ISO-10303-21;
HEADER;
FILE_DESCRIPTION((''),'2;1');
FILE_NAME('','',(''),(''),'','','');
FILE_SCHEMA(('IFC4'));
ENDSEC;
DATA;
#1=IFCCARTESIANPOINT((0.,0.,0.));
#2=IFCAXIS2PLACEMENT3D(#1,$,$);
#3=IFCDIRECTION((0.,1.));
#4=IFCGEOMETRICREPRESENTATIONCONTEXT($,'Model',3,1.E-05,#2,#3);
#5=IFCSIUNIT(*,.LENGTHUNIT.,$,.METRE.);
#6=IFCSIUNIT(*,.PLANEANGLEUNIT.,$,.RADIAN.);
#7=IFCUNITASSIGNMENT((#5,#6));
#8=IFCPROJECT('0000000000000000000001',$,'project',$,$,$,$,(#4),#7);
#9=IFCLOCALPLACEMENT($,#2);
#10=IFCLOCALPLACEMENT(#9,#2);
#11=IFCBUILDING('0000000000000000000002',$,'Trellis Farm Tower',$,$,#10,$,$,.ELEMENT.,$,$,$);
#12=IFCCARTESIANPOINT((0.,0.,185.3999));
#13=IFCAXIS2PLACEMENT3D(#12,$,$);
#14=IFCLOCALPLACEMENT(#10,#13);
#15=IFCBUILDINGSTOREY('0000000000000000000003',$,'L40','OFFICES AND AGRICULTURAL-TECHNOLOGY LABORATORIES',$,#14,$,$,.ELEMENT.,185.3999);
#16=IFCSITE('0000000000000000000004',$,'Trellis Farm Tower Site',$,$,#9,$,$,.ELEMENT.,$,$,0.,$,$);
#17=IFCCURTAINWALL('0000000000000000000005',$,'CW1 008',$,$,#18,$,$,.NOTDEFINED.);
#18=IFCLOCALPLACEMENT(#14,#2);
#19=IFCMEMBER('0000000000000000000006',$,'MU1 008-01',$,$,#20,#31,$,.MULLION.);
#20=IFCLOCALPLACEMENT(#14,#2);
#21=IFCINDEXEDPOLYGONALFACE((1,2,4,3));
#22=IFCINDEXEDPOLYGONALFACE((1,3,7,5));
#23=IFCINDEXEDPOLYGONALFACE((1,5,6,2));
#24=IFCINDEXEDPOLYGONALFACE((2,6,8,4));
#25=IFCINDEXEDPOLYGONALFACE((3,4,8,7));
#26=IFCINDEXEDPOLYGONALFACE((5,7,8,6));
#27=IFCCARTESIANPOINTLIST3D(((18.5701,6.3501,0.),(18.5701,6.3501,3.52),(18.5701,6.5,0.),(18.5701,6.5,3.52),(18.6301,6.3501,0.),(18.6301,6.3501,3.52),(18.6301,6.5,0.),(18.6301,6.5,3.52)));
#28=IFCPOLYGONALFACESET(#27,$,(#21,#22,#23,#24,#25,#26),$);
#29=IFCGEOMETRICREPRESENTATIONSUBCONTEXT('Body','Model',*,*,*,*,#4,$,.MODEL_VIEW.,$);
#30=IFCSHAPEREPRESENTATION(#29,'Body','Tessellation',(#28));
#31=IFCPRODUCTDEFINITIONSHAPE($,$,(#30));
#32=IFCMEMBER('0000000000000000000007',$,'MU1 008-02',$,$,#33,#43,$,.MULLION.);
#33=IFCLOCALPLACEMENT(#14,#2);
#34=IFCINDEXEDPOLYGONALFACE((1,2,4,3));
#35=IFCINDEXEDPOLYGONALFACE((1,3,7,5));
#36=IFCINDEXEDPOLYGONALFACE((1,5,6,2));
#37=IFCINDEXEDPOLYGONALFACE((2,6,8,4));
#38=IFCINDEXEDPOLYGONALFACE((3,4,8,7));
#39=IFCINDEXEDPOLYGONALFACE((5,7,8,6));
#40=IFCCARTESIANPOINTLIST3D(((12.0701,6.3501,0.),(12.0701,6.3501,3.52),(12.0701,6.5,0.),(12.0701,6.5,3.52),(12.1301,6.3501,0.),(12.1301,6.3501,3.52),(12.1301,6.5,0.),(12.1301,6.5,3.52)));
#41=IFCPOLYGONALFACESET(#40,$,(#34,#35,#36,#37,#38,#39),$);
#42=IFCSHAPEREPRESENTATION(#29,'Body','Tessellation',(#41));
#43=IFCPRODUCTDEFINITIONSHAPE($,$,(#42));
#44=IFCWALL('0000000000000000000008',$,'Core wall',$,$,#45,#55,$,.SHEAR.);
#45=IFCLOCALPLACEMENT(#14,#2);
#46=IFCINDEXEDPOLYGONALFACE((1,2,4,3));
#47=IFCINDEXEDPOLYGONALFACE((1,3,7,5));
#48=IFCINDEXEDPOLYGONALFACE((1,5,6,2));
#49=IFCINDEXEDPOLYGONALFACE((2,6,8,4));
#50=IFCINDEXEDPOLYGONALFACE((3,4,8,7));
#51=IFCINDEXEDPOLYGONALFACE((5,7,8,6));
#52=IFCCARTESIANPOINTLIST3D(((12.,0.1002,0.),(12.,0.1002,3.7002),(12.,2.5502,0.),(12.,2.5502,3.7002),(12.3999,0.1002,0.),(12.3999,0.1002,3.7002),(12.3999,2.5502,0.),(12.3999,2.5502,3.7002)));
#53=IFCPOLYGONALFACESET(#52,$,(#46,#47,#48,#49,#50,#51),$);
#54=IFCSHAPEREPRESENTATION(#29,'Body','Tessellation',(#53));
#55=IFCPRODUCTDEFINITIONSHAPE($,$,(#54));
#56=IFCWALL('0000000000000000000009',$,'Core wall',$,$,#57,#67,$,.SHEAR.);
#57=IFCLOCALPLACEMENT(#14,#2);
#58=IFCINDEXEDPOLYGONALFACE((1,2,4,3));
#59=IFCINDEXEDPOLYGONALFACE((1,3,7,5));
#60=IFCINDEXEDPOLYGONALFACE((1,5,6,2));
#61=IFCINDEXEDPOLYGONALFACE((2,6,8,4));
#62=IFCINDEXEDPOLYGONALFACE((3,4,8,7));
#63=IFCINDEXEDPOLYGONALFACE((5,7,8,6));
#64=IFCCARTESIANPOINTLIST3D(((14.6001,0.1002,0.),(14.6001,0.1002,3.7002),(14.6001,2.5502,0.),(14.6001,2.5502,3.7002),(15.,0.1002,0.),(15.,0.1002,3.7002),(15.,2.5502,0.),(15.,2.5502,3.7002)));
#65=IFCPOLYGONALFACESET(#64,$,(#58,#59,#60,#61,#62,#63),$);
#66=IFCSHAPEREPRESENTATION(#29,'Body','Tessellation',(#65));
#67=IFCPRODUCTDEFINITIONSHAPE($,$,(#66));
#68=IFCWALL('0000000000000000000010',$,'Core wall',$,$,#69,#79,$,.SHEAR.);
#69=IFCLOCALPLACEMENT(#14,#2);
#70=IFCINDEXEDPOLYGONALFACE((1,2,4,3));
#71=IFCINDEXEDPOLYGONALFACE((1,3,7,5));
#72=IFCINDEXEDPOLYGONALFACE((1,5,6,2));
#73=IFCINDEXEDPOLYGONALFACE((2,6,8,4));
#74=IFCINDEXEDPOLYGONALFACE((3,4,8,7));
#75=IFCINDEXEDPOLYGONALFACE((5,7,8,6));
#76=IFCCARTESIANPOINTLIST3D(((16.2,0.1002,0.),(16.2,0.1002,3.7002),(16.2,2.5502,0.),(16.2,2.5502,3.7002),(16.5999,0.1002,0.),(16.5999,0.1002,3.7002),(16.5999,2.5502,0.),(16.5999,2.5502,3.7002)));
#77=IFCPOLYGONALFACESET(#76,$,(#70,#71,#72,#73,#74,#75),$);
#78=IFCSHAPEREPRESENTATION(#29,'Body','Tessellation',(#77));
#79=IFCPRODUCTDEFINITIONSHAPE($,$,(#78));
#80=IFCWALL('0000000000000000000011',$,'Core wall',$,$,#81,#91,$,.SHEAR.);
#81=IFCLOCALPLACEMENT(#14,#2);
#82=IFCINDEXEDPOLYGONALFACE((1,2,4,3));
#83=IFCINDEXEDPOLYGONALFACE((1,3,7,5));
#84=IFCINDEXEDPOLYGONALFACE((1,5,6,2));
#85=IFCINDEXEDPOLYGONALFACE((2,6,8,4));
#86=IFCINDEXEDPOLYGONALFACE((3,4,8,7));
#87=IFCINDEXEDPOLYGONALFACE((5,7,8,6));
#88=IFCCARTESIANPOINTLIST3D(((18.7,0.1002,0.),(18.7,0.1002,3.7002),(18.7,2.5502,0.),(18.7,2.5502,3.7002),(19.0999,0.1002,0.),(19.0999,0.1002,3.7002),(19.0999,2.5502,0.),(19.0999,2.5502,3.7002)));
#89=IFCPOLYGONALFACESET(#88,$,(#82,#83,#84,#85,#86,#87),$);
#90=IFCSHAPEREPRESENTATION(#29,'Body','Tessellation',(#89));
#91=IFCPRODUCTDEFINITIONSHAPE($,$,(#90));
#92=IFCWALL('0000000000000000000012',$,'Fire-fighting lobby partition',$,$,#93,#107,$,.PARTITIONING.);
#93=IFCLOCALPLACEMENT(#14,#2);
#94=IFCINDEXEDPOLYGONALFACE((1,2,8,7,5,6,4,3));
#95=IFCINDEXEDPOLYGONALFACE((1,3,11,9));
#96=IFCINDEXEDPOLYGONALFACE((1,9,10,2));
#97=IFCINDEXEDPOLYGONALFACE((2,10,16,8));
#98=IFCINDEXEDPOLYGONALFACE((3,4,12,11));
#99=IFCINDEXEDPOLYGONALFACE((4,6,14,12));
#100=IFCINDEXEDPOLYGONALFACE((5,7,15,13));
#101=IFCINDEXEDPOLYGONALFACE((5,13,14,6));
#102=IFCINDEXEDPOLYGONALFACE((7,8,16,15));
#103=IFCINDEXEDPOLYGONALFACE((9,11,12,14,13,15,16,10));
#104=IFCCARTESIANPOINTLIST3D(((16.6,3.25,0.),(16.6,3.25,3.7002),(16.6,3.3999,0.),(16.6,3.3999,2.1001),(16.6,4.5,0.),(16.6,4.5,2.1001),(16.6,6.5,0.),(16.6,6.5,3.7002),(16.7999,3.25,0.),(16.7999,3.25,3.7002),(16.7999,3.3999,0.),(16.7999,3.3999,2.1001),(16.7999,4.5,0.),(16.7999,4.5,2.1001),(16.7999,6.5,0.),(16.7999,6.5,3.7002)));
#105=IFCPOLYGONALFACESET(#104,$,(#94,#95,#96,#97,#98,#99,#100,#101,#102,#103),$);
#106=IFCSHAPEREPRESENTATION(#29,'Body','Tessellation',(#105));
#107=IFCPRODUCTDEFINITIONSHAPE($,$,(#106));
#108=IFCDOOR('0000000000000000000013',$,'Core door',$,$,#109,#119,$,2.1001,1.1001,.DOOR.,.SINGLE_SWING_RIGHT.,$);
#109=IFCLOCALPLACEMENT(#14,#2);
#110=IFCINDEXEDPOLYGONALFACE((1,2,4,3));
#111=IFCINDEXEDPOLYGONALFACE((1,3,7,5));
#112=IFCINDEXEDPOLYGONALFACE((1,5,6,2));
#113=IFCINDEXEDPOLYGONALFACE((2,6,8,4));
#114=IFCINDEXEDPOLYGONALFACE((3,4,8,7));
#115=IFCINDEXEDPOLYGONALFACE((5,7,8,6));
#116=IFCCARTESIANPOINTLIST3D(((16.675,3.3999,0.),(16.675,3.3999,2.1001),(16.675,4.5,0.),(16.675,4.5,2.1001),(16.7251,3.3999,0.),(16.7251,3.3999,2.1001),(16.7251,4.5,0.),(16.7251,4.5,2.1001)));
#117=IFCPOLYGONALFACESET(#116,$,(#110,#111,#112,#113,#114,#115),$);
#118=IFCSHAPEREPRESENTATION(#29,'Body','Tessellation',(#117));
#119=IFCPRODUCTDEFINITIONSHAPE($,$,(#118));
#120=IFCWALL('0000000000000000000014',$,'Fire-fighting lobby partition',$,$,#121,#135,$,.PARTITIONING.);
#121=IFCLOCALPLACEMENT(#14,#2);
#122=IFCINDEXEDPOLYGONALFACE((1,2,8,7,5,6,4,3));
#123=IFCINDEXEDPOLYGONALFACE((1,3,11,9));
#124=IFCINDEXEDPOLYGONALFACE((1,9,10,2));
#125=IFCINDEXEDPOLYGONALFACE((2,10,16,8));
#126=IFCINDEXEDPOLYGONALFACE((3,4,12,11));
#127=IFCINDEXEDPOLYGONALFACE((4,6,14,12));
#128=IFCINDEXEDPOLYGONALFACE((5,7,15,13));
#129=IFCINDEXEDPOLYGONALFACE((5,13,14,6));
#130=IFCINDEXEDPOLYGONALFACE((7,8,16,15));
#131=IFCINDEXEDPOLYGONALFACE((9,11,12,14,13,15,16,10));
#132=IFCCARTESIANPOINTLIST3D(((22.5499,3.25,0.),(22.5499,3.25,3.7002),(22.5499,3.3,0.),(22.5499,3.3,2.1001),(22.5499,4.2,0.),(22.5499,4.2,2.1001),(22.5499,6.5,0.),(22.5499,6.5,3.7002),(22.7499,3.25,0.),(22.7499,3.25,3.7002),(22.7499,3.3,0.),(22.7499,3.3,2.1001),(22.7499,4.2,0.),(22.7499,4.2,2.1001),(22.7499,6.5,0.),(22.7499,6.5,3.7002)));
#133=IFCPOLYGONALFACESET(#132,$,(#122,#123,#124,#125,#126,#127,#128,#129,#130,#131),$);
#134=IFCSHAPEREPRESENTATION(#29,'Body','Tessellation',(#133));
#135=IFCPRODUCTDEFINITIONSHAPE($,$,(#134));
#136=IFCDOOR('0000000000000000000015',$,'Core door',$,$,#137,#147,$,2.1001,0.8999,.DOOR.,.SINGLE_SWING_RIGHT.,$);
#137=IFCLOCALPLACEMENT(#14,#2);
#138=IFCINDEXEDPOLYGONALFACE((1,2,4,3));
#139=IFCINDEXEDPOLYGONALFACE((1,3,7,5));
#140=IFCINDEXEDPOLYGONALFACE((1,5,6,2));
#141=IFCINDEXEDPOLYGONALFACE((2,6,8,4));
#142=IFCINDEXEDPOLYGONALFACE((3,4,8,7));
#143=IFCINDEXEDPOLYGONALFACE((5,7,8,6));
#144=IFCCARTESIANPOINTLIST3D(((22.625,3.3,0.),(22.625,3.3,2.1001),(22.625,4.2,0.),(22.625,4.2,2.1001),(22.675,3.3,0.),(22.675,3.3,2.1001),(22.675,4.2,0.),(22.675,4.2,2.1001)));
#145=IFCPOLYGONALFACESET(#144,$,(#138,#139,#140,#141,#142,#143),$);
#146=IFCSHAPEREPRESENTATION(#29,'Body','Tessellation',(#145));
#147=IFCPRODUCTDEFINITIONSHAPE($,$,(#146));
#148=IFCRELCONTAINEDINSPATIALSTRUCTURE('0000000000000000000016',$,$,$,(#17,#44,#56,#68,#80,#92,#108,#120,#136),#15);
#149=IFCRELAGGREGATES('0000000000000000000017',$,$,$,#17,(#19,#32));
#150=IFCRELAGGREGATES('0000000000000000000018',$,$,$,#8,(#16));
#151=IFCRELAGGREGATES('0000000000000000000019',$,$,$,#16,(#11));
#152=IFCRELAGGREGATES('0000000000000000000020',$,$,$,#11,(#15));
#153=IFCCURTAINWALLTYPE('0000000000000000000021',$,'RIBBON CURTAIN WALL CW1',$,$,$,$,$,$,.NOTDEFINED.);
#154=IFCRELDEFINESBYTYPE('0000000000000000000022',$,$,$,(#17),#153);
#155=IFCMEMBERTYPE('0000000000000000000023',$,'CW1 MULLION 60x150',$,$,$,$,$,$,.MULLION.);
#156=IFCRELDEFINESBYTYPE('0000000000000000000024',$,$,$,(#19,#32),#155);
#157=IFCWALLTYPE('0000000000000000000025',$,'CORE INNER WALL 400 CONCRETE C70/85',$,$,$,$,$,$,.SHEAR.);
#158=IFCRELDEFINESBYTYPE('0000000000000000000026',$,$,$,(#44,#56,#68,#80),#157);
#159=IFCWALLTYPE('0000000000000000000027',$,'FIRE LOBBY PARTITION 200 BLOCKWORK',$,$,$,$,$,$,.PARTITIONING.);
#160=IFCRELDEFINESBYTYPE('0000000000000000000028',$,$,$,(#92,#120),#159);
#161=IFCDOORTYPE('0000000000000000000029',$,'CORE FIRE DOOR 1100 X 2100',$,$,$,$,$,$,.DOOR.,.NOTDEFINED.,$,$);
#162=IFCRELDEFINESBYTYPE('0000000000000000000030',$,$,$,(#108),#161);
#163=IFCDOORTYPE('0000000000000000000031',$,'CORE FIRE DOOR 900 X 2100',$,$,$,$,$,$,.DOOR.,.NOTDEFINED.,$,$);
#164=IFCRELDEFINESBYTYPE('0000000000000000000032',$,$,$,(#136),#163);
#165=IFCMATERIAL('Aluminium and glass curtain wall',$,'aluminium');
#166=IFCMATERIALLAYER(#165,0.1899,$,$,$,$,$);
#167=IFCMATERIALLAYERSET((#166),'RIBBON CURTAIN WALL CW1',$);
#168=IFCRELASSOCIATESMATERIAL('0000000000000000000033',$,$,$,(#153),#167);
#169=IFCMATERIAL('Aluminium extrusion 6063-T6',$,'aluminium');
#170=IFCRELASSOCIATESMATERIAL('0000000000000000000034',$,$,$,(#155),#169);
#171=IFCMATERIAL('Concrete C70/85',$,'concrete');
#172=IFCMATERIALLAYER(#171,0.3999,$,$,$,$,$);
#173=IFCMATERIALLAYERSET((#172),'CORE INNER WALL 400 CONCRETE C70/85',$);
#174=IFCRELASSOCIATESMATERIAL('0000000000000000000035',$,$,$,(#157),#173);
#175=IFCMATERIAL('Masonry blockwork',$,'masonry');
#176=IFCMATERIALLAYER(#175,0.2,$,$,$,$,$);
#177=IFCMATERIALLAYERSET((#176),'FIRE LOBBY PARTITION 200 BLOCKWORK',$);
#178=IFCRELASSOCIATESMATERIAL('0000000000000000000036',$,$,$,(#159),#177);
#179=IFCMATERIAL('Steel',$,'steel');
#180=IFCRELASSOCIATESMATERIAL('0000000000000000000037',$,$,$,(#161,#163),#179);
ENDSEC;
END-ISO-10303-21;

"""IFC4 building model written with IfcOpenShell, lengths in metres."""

from ifc_helpers import new_model, si_unit, direction, frame, frame_2d, origin, origin_2d, place, context, subcontext, project, spatial, rectangle, extrude, source, transform, mapped, material, layer, layer_set, material_profile, profile_set, type_object, element, fill, aggregate, save


model = new_model("IFC4")

# Units and contexts
model_context = context("Model", 3, precision=1e-05, world=origin(), true_north=direction((0.0, 1.0)))
body_context = subcontext(model_context, "Body", "Model", "MODEL_VIEW")
ifc_project = project(units=[si_unit("LENGTHUNIT", "METRE"), si_unit("PLANEANGLEUNIT", "RADIAN")], contexts=[model_context])

# Site, building, storey
site_placement = place(None, origin())
site = spatial("IfcSite", under=ifc_project, at=site_placement, Name="Trellis Farm Tower Site", CompositionType="ELEMENT", RefElevation=0.0)
building_placement = place(site_placement, origin())
building = spatial("IfcBuilding", under=site, at=building_placement, Name="Trellis Farm Tower", CompositionType="ELEMENT")
storey_placement = place(building_placement, frame((0.0, 0.0, 185.3999)))
storey = spatial("IfcBuildingStorey", under=building, at=storey_placement, Name="L40", Description="OFFICES AND AGRICULTURAL-TECHNOLOGY LABORATORIES", CompositionType="ELEMENT", Elevation=185.3999)

# Shared definitions
ifc_material_1 = material(Name="Concrete C70/85", Category="concrete")

# Curtain wall, members
ifc_material_2 = material(Name="Aluminium and glass curtain wall", Category="aluminium")
ifc_layer_1 = layer(ifc_material_2, 0.1899)
ifc_layer_set_1 = layer_set([ifc_layer_1], Name="RIBBON CURTAIN WALL CW1")
curtain_wall_type = type_object("IfcCurtainWallType", Name="RIBBON CURTAIN WALL CW1", PredefinedType="NOTDEFINED", material=ifc_layer_set_1)
placement = place(storey_placement, origin())
ifc_material_3 = material(Name="Aluminium extrusion 6063-T6", Category="aluminium")
ifc_material_profile_1 = material_profile(ifc_material_3, rectangle(XDim=0.0601, YDim=0.1499, at=origin_2d()), Name="MULLION 60x150")
ifc_profile_set_1 = profile_set([ifc_material_profile_1], Name="Aluminium extrusion 6063-T6")
member_type = type_object("IfcMemberType", Name="CW1 MULLION 60x150", PredefinedType="MULLION", material=ifc_profile_set_1)
shared_shape_1 = source(origin(), body_context, "Body", "SweptSolid", [
    extrude(rectangle(XDim=0.0601, YDim=0.1499, at=origin_2d()), origin(), (0.0, 0.0, 1.0), 3.52),
])
curtain_wall_1 = element("IfcCurtainWall", 1, at=placement, inside=storey, type_object=curtain_wall_type, Name="CW1 008", PredefinedType="NOTDEFINED")
member_1_placement = place(storey_placement, frame((18.6001, 6.425, 0.0), z_axis=(0.0, 0.0, 1.0), x_axis=(-1.0, 0.0, 0.0)))
member_1 = element("IfcMember", 2, at=member_1_placement, type_object=member_type, Name="MU1 008-01", PredefinedType="MULLION", context=body_context, shape_type="MappedRepresentation", body=[
    mapped(shared_shape_1, transform((0.0, 0.0, 0.0))),
])
member_2_placement = place(storey_placement, frame((12.1001, 6.425, 0.0), z_axis=(0.0, 0.0, 1.0), x_axis=(-1.0, 0.0, 0.0)))
member_2 = element("IfcMember", 3, at=member_2_placement, type_object=member_type, Name="MU1 008-02", PredefinedType="MULLION", context=body_context, shape_type="MappedRepresentation", body=[
    mapped(shared_shape_1, transform((0.0, 0.0, 0.0))),
])
aggregate(curtain_wall_1, [member_1, member_2])

# Walls
ifc_layer_2 = layer(ifc_material_1, 0.3999)
ifc_layer_set_2 = layer_set([ifc_layer_2], Name="CORE INNER WALL 400 CONCRETE C70/85")
wall_type_1 = type_object("IfcWallType", Name="CORE INNER WALL 400 CONCRETE C70/85", PredefinedType="SHEAR", material=ifc_layer_set_2)
shared_shape_2 = source(origin(), body_context, "Body", "SweptSolid", [
    extrude(rectangle(XDim=2.45, YDim=0.3999, at=frame_2d((1.2251, 0.0))), origin(), (0.0, 0.0, 1.0), 3.7002),
])
for number, where, z_axis, x_axis, name in (
    (4, (12.2, 0.1001, 0.0), (0.0, 0.0, 1.0), (0.0, 1.0, 0.0), "Core wall"),
    (5, (14.8, 0.1001, 0.0), (0.0, 0.0, 1.0), (0.0, 1.0, 0.0), "Core wall"),
    (6, (16.3999, 0.1001, 0.0), (0.0, 0.0, 1.0), (0.0, 1.0, 0.0), "Core wall"),
    (7, (18.8999, 0.1001, 0.0), (0.0, 0.0, 1.0), (0.0, 1.0, 0.0), "Core wall"),
):
    element("IfcWall", number, at=place(storey_placement, frame(where, z_axis=z_axis, x_axis=x_axis)), inside=storey, type_object=wall_type_1, Name=name, PredefinedType="SHEAR", context=body_context, shape_type="MappedRepresentation", body=[
        mapped(shared_shape_2, transform((0.0, 0.0, 0.0))),
    ])

# Walls, openings, doors
ifc_material_4 = material(Name="Masonry blockwork", Category="masonry")
ifc_layer_3 = layer(ifc_material_4, 0.2)
ifc_layer_set_3 = layer_set([ifc_layer_3], Name="FIRE LOBBY PARTITION 200 BLOCKWORK")
wall_type_2 = type_object("IfcWallType", Name="FIRE LOBBY PARTITION 200 BLOCKWORK", PredefinedType="PARTITIONING", material=ifc_layer_set_3)
shared_shape_3 = source(origin(), body_context, "Body", "SweptSolid", [
    extrude(rectangle(XDim=3.25, YDim=0.2, at=frame_2d((1.625, 0.0))), origin(), (0.0, 0.0, 1.0), 3.7002),
])
wall_1_placement = place(storey_placement, frame((16.7, 3.25, 0.0), z_axis=(0.0, 0.0, 1.0), x_axis=(0.0, 1.0, 0.0)))
wall_1 = element("IfcWall", 8, at=wall_1_placement, inside=storey, type_object=wall_type_2, Name="Fire-fighting lobby partition", PredefinedType="PARTITIONING", context=body_context, shape_type="MappedRepresentation", body=[
    mapped(shared_shape_3, transform((0.0, 0.0, 0.0))),
])
shared_shape_4 = source(origin(), body_context, "Body", "SweptSolid", [
    extrude(rectangle(XDim=1.1001, YDim=2.1001, at=frame_2d((0.55, 1.05))), frame((0.0, 0.1101, 0.0), z_axis=(0.0, -1.0, 0.0), x_axis=(1.0, 0.0, 0.0)), (0.0, 0.0, 1.0), 0.2202),
])
opening_1_placement = place(wall_1_placement, frame((0.1499, 0.0, 0.0)))
opening_1 = element("IfcOpeningElement", 9, at=opening_1_placement, cuts=wall_1, PredefinedType="OPENING", context=body_context, shape_type="MappedRepresentation", body=[
    mapped(shared_shape_4, transform((0.0, 0.0, 0.0))),
])
ifc_material_5 = material(Name="Steel", Category="steel")
door_type_1 = type_object("IfcDoorType", Name="CORE FIRE DOOR 1100 X 2100", OperationType="NOTDEFINED", PredefinedType="DOOR", material=ifc_material_5)
shared_shape_5 = source(origin(), body_context, "Body", "SweptSolid", [
    extrude(rectangle(XDim=1.1001, YDim=2.1001, at=frame_2d((0.55, 1.05))), frame((0.0, 0.0249, 0.0), z_axis=(0.0, -1.0, 0.0), x_axis=(1.0, 0.0, 0.0)), (0.0, 0.0, 1.0), 0.05),
])
door_1_placement = place(opening_1_placement, origin())
door_1 = element("IfcDoor", 10, at=door_1_placement, inside=storey, type_object=door_type_1, Name="Core door", OperationType="SINGLE_SWING_RIGHT", OverallHeight=2.1001, OverallWidth=1.1001, PredefinedType="DOOR", context=body_context, shape_type="MappedRepresentation", body=[
    mapped(shared_shape_5, transform((0.0, 0.0, 0.0))),
])
fill(opening_1, door_1)
wall_2_placement = place(storey_placement, frame((22.6499, 3.25, 0.0), z_axis=(0.0, 0.0, 1.0), x_axis=(0.0, 1.0, 0.0)))
wall_2 = element("IfcWall", 11, at=wall_2_placement, inside=storey, type_object=wall_type_2, Name="Fire-fighting lobby partition", PredefinedType="PARTITIONING", context=body_context, shape_type="MappedRepresentation", body=[
    mapped(shared_shape_3, transform((0.0, 0.0, 0.0))),
])
shared_shape_6 = source(origin(), body_context, "Body", "SweptSolid", [
    extrude(rectangle(XDim=0.8999, YDim=2.1001, at=frame_2d((0.45, 1.05))), frame((0.0, 0.1101, 0.0), z_axis=(0.0, -1.0, 0.0), x_axis=(1.0, 0.0, 0.0)), (0.0, 0.0, 1.0), 0.2202),
])
opening_2_placement = place(wall_2_placement, frame((0.05, 0.0, 0.0)))
opening_2 = element("IfcOpeningElement", 12, at=opening_2_placement, cuts=wall_2, PredefinedType="OPENING", context=body_context, shape_type="MappedRepresentation", body=[
    mapped(shared_shape_6, transform((0.0, 0.0, 0.0))),
])
door_type_2 = type_object("IfcDoorType", Name="CORE FIRE DOOR 900 X 2100", OperationType="NOTDEFINED", PredefinedType="DOOR", material=ifc_material_5)
shared_shape_7 = source(origin(), body_context, "Body", "SweptSolid", [
    extrude(rectangle(XDim=0.8999, YDim=2.1001, at=frame_2d((0.45, 1.05))), frame((0.0, 0.0249, 0.0), z_axis=(0.0, -1.0, 0.0), x_axis=(1.0, 0.0, 0.0)), (0.0, 0.0, 1.0), 0.05),
])
door_2_placement = place(opening_2_placement, origin())
door_2 = element("IfcDoor", 13, at=door_2_placement, inside=storey, type_object=door_type_2, Name="Core door", OperationType="SINGLE_SWING_RIGHT", OverallHeight=2.1001, OverallWidth=0.8999, PredefinedType="DOOR", context=body_context, shape_type="MappedRepresentation", body=[
    mapped(shared_shape_7, transform((0.0, 0.0, 0.0))),
])
fill(opening_2, door_2)

save(model, "model.ifc")
